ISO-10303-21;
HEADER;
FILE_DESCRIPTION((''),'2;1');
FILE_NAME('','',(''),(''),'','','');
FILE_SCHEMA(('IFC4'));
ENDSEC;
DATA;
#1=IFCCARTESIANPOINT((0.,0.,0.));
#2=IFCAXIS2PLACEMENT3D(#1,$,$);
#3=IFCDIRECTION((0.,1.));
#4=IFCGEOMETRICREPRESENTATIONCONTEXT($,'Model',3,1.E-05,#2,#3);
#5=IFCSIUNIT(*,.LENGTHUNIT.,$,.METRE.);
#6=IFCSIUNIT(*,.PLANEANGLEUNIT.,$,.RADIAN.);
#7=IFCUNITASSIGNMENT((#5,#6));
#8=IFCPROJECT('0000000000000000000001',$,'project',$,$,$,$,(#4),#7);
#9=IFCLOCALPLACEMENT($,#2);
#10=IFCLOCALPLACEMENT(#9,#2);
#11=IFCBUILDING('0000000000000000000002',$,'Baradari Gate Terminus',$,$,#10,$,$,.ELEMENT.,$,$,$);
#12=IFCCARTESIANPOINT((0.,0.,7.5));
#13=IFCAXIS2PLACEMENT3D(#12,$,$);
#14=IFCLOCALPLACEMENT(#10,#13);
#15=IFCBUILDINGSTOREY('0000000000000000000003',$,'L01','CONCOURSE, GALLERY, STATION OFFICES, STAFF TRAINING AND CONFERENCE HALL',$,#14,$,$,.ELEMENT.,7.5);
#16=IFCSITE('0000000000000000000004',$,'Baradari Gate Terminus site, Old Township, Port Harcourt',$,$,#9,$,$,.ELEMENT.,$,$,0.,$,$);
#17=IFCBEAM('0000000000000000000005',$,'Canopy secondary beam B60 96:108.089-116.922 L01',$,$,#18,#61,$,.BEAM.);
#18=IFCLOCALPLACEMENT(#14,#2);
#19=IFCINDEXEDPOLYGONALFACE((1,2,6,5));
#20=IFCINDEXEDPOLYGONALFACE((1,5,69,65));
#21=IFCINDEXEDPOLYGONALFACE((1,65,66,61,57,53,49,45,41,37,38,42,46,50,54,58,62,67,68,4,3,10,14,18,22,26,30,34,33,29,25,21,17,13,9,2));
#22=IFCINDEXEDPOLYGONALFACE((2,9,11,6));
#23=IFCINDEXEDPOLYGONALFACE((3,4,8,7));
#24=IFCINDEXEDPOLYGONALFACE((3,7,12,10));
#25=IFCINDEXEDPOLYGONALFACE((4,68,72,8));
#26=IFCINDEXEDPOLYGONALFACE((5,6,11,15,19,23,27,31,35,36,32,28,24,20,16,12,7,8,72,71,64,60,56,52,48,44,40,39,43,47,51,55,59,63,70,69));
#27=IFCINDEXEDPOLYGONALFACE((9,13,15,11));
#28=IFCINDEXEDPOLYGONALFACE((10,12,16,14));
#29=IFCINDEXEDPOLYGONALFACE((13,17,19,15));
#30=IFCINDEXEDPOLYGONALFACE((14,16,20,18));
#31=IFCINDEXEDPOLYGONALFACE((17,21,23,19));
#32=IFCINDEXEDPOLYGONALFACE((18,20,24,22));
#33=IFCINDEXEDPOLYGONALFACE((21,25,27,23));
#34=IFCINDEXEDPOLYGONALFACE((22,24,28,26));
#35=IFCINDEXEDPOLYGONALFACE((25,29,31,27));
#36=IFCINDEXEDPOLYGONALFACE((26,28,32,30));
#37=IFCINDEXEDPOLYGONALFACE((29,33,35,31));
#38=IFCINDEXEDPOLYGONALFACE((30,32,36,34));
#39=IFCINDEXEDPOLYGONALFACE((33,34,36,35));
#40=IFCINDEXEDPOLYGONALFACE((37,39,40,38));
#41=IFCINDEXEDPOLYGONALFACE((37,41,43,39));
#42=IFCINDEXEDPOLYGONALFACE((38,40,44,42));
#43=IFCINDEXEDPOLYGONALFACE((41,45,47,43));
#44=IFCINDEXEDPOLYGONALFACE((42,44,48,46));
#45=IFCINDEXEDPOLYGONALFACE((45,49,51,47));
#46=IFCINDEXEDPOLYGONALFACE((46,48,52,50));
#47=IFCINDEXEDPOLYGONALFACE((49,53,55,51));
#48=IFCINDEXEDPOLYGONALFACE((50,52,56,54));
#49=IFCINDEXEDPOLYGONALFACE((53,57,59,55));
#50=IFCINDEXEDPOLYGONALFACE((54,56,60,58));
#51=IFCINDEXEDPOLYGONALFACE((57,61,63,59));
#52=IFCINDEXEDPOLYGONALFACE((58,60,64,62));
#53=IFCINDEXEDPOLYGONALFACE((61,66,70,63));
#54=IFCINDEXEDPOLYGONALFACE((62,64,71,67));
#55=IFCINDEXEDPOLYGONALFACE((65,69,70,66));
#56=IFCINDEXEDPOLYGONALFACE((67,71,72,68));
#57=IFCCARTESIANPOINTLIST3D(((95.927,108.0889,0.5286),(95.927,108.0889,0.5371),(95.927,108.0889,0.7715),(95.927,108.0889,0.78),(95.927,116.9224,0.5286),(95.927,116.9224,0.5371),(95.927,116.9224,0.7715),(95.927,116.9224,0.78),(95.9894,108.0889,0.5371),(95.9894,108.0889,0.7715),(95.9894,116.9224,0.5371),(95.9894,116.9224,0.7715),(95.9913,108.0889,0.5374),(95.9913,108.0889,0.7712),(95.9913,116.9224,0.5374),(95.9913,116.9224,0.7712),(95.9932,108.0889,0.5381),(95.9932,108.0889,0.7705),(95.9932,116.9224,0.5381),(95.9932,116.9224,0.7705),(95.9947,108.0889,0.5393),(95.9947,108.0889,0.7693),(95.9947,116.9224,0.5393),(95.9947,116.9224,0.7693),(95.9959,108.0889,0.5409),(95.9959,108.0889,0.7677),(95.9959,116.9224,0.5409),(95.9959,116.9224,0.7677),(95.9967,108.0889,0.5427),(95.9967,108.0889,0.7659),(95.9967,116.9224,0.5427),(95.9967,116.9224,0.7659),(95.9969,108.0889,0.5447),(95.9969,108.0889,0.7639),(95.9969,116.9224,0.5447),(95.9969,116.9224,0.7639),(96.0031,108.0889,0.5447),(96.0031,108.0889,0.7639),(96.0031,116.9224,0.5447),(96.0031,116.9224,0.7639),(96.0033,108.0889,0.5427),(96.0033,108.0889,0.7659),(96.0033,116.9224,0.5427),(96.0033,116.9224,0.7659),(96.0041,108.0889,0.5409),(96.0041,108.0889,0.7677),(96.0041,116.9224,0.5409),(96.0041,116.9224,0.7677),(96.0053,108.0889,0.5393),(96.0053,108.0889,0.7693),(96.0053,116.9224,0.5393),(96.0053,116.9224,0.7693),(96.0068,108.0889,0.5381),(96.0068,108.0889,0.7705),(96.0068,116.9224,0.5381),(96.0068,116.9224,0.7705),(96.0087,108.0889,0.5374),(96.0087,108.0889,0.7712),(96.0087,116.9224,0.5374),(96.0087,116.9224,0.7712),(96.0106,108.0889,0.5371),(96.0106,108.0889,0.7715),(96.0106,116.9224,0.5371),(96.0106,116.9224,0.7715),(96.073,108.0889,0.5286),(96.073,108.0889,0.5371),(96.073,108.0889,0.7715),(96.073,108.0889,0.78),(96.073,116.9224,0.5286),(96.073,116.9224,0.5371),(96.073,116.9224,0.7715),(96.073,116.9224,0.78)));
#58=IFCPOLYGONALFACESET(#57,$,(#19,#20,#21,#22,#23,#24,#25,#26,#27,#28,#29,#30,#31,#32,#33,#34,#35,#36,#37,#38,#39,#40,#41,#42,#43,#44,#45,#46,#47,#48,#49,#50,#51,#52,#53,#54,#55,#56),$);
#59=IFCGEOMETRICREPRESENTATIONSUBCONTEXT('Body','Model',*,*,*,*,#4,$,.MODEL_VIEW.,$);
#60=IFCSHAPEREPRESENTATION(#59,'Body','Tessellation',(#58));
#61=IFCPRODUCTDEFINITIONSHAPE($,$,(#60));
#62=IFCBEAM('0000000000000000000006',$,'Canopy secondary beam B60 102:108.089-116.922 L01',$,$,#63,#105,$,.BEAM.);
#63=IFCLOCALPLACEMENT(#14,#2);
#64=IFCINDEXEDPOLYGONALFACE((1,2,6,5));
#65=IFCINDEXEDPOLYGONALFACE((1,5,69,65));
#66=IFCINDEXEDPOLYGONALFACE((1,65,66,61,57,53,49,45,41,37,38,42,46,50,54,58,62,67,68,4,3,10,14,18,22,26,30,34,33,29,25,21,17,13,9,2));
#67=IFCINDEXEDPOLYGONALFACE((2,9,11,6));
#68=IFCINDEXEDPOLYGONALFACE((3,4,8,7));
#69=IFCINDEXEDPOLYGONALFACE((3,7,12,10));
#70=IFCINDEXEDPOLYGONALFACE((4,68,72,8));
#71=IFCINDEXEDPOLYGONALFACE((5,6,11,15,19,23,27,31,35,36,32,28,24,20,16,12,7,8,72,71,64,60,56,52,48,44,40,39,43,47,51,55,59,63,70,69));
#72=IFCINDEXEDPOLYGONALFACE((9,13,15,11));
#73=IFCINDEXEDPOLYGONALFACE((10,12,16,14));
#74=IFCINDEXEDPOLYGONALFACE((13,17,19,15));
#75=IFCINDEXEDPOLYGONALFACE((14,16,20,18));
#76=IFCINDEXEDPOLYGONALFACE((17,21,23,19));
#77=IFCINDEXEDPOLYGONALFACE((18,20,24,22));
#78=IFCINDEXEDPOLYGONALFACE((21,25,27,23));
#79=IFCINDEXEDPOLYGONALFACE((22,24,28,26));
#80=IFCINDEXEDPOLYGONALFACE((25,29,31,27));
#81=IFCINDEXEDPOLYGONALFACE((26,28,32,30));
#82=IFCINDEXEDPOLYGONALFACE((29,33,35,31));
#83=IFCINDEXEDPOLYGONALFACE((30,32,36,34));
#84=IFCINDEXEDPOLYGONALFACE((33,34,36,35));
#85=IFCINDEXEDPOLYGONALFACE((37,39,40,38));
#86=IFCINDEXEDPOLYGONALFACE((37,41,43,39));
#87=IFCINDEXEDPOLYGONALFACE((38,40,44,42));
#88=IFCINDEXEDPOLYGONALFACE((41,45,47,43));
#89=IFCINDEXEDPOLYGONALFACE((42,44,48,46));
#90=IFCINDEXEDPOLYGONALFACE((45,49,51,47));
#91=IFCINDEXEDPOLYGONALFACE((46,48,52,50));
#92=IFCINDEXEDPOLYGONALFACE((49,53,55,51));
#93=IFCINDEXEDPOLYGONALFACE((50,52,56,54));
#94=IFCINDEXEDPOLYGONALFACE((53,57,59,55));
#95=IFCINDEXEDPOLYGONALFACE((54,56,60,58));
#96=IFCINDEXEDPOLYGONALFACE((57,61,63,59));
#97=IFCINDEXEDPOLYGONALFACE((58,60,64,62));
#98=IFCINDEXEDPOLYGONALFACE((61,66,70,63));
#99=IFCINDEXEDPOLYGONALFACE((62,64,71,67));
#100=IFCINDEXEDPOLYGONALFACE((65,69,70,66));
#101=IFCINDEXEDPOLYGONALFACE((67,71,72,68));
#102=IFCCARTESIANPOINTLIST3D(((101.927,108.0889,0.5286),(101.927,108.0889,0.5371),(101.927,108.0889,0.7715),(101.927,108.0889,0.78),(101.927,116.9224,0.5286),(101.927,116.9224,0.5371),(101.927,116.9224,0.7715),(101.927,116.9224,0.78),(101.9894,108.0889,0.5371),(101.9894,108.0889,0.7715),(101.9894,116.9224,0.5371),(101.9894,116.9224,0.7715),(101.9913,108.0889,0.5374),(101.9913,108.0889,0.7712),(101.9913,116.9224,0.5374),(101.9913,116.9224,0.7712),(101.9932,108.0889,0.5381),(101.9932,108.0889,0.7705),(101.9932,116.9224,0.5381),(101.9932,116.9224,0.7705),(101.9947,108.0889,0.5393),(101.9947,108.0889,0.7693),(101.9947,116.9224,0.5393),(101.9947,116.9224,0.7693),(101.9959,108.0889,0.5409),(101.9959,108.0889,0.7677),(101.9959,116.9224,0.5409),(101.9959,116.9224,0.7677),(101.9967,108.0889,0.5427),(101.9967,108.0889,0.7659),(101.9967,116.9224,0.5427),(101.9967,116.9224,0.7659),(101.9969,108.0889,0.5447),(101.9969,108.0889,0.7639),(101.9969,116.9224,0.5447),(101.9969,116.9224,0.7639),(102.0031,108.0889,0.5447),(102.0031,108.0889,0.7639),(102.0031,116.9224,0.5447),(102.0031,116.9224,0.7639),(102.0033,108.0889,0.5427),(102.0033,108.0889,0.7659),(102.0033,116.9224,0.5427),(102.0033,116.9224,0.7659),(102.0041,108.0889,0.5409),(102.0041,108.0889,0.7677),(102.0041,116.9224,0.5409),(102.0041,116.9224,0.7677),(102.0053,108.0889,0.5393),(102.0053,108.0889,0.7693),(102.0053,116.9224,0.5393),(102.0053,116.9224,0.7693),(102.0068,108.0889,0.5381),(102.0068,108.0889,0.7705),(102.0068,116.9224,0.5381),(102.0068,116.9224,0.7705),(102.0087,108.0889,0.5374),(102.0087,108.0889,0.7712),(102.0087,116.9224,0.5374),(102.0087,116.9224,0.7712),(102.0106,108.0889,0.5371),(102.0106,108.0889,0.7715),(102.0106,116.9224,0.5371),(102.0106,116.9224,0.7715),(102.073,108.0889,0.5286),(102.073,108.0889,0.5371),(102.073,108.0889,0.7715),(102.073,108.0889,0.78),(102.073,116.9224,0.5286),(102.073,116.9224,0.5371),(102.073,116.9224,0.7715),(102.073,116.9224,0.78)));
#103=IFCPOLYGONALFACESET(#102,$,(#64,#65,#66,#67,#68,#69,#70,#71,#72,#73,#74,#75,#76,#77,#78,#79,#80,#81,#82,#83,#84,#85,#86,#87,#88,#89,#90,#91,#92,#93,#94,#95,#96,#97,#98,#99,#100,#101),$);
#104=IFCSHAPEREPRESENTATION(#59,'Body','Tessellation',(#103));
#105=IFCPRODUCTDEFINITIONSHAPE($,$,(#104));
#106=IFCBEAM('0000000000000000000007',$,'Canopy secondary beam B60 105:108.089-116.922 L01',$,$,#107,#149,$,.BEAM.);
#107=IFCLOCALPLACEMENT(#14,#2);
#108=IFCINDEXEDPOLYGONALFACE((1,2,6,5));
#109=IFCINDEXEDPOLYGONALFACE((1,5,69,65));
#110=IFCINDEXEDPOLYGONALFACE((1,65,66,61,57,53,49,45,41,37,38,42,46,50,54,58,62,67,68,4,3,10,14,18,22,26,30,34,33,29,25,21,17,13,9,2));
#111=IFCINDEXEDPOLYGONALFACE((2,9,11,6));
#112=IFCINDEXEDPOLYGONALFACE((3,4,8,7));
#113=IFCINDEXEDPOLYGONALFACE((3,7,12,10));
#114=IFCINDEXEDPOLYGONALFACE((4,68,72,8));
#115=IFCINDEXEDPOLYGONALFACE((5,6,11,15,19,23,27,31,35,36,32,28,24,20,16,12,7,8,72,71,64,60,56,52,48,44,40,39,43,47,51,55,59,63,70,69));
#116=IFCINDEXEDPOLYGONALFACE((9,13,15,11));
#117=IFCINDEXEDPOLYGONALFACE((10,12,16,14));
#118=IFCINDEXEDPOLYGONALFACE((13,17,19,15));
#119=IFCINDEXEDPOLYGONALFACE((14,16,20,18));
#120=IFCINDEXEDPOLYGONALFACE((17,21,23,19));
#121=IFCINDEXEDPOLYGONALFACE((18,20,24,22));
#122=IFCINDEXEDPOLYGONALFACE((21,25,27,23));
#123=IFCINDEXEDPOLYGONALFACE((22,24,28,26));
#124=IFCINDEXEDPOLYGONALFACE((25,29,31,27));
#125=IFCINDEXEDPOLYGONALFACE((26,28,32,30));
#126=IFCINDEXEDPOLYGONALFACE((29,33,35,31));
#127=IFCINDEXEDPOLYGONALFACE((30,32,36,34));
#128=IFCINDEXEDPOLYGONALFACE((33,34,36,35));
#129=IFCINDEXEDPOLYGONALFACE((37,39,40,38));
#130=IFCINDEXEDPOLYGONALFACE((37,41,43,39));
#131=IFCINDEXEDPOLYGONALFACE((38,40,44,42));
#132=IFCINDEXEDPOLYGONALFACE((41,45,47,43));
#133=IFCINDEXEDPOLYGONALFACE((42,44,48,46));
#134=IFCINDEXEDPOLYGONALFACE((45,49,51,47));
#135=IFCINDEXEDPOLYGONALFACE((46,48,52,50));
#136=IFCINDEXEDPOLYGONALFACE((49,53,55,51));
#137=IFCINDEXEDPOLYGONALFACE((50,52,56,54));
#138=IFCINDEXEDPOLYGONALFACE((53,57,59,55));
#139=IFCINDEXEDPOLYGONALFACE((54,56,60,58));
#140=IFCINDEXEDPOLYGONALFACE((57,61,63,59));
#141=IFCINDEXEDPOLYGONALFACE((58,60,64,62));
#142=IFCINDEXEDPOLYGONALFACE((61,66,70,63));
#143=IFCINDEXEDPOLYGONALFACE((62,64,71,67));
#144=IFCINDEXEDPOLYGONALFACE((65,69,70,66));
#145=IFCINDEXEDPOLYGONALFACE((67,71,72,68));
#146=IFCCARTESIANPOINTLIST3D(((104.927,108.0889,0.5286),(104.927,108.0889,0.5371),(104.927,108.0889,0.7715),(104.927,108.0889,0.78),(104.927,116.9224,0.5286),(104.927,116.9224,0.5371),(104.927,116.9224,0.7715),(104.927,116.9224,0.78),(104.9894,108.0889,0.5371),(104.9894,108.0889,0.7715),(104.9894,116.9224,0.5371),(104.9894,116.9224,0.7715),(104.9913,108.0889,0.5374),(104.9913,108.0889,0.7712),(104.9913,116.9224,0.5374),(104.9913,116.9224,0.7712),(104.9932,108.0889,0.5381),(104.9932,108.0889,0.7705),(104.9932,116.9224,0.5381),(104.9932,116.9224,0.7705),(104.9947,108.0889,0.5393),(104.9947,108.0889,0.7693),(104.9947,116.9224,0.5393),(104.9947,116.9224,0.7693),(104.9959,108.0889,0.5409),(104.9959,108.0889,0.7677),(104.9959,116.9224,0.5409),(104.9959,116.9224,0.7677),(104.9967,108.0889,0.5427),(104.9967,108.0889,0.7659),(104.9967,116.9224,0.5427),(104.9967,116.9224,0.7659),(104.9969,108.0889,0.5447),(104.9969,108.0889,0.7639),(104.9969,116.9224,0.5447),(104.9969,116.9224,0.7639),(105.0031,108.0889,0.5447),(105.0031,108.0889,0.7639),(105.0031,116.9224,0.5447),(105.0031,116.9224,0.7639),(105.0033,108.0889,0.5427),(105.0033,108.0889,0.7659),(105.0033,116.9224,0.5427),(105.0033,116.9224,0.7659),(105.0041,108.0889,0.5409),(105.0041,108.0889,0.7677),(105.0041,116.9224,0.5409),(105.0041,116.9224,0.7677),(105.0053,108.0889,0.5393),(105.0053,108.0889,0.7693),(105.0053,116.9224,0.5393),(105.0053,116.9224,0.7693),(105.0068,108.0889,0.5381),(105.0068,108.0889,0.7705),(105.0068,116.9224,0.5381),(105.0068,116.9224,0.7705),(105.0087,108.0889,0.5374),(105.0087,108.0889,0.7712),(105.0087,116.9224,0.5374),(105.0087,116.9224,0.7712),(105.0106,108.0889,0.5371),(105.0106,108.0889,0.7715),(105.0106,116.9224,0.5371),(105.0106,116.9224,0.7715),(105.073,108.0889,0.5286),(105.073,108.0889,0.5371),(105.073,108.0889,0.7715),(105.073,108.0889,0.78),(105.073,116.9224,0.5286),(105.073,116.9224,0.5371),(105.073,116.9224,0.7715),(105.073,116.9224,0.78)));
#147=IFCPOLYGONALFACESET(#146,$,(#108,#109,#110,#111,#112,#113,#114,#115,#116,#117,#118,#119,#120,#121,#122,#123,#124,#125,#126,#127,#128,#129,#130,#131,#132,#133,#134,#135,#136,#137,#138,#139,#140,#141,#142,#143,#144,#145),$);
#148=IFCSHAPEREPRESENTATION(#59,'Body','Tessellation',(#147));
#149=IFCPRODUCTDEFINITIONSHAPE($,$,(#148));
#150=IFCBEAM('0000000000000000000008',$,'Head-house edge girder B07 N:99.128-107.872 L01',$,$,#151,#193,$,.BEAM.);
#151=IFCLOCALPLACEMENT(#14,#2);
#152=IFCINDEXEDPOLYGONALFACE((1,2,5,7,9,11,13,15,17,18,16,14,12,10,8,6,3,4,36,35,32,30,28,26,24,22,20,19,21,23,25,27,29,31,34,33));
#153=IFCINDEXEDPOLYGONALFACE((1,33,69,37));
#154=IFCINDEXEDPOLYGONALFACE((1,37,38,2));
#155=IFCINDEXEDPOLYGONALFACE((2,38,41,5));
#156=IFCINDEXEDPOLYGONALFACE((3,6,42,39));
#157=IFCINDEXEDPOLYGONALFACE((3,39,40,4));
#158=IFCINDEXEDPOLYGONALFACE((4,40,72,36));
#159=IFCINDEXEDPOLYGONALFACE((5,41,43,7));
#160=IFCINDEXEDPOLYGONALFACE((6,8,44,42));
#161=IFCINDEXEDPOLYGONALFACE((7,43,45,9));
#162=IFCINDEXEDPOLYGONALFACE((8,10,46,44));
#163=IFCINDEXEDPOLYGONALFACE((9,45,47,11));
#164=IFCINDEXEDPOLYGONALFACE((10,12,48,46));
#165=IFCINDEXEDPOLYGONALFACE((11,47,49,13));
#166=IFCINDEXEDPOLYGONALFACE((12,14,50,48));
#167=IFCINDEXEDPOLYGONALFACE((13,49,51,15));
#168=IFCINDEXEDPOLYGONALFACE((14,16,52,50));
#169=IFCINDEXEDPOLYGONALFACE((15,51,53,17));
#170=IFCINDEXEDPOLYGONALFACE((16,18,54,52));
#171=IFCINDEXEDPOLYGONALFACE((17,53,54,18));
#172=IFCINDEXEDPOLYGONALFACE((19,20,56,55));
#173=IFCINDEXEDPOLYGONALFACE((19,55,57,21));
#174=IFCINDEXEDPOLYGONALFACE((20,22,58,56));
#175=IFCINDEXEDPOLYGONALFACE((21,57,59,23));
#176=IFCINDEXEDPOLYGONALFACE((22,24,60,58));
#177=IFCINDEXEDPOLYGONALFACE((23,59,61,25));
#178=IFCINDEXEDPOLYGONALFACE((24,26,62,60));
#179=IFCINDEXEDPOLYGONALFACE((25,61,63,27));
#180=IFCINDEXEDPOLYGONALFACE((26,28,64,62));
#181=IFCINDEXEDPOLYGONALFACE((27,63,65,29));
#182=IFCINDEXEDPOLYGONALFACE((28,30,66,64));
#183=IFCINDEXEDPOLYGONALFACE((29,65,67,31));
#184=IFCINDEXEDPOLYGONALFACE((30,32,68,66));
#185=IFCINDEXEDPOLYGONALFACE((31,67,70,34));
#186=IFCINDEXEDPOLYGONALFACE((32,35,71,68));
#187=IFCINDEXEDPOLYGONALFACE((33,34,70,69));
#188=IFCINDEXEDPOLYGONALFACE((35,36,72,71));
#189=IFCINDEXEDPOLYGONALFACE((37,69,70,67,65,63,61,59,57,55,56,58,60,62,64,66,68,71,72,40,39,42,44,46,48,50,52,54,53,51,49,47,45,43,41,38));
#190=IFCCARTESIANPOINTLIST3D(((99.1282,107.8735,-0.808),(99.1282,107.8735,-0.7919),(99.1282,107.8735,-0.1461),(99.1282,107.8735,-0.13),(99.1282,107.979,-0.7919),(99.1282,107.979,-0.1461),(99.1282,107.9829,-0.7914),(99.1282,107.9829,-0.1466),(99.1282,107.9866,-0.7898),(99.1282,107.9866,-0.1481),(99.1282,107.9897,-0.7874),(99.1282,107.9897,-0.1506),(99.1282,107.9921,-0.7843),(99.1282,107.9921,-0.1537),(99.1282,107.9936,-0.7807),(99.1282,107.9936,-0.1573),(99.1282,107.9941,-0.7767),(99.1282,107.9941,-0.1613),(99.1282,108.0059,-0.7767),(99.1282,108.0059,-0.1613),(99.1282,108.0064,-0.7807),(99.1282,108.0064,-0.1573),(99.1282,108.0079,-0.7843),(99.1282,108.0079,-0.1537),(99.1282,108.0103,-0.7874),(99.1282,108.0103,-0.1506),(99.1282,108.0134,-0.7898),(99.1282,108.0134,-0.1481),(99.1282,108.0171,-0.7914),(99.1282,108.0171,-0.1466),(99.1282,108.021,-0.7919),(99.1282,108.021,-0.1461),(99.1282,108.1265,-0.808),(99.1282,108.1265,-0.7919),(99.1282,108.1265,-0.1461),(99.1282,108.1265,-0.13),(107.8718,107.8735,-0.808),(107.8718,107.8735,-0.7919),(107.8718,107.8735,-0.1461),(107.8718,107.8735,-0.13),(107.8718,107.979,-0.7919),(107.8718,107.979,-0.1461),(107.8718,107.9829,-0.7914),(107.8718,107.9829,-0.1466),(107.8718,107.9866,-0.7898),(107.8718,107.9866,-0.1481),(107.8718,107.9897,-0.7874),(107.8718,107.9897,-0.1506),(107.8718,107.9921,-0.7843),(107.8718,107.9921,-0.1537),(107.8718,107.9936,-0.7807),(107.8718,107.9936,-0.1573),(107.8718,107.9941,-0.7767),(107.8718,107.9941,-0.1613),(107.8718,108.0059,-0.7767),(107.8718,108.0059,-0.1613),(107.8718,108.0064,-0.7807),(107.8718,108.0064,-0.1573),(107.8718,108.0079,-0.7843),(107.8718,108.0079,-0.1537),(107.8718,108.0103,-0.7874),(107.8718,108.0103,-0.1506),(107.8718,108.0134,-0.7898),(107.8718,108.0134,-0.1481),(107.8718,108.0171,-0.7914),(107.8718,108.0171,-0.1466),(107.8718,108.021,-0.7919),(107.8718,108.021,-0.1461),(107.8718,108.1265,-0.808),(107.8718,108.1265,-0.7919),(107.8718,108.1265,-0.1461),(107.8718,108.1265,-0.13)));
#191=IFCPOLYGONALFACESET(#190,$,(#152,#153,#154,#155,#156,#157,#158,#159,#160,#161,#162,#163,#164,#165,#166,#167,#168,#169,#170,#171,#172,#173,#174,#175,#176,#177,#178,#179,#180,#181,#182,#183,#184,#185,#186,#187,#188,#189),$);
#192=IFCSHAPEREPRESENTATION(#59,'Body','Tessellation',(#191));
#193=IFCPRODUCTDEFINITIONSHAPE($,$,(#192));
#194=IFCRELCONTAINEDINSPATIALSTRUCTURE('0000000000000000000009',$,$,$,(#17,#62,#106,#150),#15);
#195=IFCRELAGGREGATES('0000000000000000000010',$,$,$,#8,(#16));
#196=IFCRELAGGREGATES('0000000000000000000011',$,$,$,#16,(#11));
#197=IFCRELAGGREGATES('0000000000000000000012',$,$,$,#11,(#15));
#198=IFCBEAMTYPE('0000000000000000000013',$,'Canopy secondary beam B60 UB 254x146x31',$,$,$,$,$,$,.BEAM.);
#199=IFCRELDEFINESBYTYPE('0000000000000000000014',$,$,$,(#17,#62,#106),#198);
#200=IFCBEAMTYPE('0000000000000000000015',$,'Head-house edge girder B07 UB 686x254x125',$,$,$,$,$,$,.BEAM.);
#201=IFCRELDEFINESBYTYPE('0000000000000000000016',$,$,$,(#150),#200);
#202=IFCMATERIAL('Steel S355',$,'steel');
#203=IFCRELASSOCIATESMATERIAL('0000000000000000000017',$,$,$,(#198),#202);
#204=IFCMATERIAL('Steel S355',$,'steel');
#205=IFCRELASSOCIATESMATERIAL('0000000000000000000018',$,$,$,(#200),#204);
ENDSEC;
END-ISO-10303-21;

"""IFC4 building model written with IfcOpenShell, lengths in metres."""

from ifc_helpers import new_model, si_unit, direction, frame, origin, origin_2d, place, context, subcontext, project, spatial, i_section, extrude, material, material_profile, profile_set, type_object, element, save


model = new_model("IFC4")

# Units and contexts
model_context = context("Model", 3, precision=1e-05, world=origin(), true_north=direction((0.0, 1.0)))
body_context = subcontext(model_context, "Body", "Model", "MODEL_VIEW")
ifc_project = project(units=[si_unit("LENGTHUNIT", "METRE"), si_unit("PLANEANGLEUNIT", "RADIAN")], contexts=[model_context])

# Site, building, storey
site_placement = place(None, origin())
site = spatial("IfcSite", under=ifc_project, at=site_placement, Name="Baradari Gate Terminus site, Old Township, Port Harcourt", CompositionType="ELEMENT", RefElevation=0.0)
building_placement = place(site_placement, origin())
building = spatial("IfcBuilding", under=site, at=building_placement, Name="Baradari Gate Terminus", CompositionType="ELEMENT")
storey_placement = place(building_placement, frame((0.0, 0.0, 7.5)))
storey = spatial("IfcBuildingStorey", under=building, at=storey_placement, Name="L01", Description="CONCOURSE, GALLERY, STATION OFFICES, STAFF TRAINING AND CONFERENCE HALL", CompositionType="ELEMENT", Elevation=7.5)

# Beams
ifc_material_1 = material(Name="Steel S355", Category="steel")
ifc_material_profile_1 = material_profile(ifc_material_1, i_section(OverallWidth=0.146, OverallDepth=0.2515, WebThickness=0.0061, FlangeThickness=0.0085, FilletRadius=0.0076, at=origin_2d()), Name="UB 254x146x31")
ifc_profile_set_1 = profile_set([ifc_material_profile_1], Name="Steel S355")
beam_type_1 = type_object("IfcBeamType", Name="Canopy secondary beam B60 UB 254x146x31", PredefinedType="BEAM", material=ifc_profile_set_1)
for number, where, z_axis, x_axis, name in (
    (1, (96.0, 108.0889, 0.6543), (0.0, 1.0, 0.0), (-1.0, 0.0, 0.0), "Canopy secondary beam B60 96:108.089-116.922 L01"),
    (2, (102.0, 108.0889, 0.6543), (0.0, 1.0, 0.0), (-1.0, 0.0, 0.0), "Canopy secondary beam B60 102:108.089-116.922 L01"),
    (3, (105.0, 108.0889, 0.6543), (0.0, 1.0, 0.0), (-1.0, 0.0, 0.0), "Canopy secondary beam B60 105:108.089-116.922 L01"),
):
    element("IfcBeam", number, at=place(storey_placement, frame(where, z_axis=z_axis, x_axis=x_axis)), inside=storey, type_object=beam_type_1, Name=name, PredefinedType="BEAM", context=body_context, shape_type="SweptSolid", body=[
        extrude(i_section(OverallWidth=0.146, OverallDepth=0.2515, WebThickness=0.0061, FlangeThickness=0.0085, FilletRadius=0.0076, at=origin_2d()), origin(), (0.0, 0.0, 1.0), 8.8335),
    ])
ifc_material_2 = material(Name="Steel S355", Category="steel")
ifc_material_profile_2 = material_profile(ifc_material_2, i_section(OverallWidth=0.2529, OverallDepth=0.678, WebThickness=0.0117, FlangeThickness=0.0161, FilletRadius=0.0151, at=origin_2d()), Name="UB 686x254x125")
ifc_profile_set_2 = profile_set([ifc_material_profile_2], Name="Steel S355")
beam_type_2 = type_object("IfcBeamType", Name="Head-house edge girder B07 UB 686x254x125", PredefinedType="BEAM", material=ifc_profile_set_2)
beam_1_placement = place(storey_placement, frame((99.1282, 108.0, -0.469), z_axis=(1.0, 0.0, 0.0), x_axis=(0.0, 1.0, 0.0)))
element("IfcBeam", 4, at=beam_1_placement, inside=storey, type_object=beam_type_2, Name="Head-house edge girder B07 N:99.128-107.872 L01", PredefinedType="BEAM", context=body_context, shape_type="SweptSolid", body=[
    extrude(i_section(OverallWidth=0.2529, OverallDepth=0.678, WebThickness=0.0117, FlangeThickness=0.0161, FilletRadius=0.0151, at=origin_2d()), origin(), (0.0, 0.0, 1.0), 8.7437),
])

save(model, "model.ifc")
